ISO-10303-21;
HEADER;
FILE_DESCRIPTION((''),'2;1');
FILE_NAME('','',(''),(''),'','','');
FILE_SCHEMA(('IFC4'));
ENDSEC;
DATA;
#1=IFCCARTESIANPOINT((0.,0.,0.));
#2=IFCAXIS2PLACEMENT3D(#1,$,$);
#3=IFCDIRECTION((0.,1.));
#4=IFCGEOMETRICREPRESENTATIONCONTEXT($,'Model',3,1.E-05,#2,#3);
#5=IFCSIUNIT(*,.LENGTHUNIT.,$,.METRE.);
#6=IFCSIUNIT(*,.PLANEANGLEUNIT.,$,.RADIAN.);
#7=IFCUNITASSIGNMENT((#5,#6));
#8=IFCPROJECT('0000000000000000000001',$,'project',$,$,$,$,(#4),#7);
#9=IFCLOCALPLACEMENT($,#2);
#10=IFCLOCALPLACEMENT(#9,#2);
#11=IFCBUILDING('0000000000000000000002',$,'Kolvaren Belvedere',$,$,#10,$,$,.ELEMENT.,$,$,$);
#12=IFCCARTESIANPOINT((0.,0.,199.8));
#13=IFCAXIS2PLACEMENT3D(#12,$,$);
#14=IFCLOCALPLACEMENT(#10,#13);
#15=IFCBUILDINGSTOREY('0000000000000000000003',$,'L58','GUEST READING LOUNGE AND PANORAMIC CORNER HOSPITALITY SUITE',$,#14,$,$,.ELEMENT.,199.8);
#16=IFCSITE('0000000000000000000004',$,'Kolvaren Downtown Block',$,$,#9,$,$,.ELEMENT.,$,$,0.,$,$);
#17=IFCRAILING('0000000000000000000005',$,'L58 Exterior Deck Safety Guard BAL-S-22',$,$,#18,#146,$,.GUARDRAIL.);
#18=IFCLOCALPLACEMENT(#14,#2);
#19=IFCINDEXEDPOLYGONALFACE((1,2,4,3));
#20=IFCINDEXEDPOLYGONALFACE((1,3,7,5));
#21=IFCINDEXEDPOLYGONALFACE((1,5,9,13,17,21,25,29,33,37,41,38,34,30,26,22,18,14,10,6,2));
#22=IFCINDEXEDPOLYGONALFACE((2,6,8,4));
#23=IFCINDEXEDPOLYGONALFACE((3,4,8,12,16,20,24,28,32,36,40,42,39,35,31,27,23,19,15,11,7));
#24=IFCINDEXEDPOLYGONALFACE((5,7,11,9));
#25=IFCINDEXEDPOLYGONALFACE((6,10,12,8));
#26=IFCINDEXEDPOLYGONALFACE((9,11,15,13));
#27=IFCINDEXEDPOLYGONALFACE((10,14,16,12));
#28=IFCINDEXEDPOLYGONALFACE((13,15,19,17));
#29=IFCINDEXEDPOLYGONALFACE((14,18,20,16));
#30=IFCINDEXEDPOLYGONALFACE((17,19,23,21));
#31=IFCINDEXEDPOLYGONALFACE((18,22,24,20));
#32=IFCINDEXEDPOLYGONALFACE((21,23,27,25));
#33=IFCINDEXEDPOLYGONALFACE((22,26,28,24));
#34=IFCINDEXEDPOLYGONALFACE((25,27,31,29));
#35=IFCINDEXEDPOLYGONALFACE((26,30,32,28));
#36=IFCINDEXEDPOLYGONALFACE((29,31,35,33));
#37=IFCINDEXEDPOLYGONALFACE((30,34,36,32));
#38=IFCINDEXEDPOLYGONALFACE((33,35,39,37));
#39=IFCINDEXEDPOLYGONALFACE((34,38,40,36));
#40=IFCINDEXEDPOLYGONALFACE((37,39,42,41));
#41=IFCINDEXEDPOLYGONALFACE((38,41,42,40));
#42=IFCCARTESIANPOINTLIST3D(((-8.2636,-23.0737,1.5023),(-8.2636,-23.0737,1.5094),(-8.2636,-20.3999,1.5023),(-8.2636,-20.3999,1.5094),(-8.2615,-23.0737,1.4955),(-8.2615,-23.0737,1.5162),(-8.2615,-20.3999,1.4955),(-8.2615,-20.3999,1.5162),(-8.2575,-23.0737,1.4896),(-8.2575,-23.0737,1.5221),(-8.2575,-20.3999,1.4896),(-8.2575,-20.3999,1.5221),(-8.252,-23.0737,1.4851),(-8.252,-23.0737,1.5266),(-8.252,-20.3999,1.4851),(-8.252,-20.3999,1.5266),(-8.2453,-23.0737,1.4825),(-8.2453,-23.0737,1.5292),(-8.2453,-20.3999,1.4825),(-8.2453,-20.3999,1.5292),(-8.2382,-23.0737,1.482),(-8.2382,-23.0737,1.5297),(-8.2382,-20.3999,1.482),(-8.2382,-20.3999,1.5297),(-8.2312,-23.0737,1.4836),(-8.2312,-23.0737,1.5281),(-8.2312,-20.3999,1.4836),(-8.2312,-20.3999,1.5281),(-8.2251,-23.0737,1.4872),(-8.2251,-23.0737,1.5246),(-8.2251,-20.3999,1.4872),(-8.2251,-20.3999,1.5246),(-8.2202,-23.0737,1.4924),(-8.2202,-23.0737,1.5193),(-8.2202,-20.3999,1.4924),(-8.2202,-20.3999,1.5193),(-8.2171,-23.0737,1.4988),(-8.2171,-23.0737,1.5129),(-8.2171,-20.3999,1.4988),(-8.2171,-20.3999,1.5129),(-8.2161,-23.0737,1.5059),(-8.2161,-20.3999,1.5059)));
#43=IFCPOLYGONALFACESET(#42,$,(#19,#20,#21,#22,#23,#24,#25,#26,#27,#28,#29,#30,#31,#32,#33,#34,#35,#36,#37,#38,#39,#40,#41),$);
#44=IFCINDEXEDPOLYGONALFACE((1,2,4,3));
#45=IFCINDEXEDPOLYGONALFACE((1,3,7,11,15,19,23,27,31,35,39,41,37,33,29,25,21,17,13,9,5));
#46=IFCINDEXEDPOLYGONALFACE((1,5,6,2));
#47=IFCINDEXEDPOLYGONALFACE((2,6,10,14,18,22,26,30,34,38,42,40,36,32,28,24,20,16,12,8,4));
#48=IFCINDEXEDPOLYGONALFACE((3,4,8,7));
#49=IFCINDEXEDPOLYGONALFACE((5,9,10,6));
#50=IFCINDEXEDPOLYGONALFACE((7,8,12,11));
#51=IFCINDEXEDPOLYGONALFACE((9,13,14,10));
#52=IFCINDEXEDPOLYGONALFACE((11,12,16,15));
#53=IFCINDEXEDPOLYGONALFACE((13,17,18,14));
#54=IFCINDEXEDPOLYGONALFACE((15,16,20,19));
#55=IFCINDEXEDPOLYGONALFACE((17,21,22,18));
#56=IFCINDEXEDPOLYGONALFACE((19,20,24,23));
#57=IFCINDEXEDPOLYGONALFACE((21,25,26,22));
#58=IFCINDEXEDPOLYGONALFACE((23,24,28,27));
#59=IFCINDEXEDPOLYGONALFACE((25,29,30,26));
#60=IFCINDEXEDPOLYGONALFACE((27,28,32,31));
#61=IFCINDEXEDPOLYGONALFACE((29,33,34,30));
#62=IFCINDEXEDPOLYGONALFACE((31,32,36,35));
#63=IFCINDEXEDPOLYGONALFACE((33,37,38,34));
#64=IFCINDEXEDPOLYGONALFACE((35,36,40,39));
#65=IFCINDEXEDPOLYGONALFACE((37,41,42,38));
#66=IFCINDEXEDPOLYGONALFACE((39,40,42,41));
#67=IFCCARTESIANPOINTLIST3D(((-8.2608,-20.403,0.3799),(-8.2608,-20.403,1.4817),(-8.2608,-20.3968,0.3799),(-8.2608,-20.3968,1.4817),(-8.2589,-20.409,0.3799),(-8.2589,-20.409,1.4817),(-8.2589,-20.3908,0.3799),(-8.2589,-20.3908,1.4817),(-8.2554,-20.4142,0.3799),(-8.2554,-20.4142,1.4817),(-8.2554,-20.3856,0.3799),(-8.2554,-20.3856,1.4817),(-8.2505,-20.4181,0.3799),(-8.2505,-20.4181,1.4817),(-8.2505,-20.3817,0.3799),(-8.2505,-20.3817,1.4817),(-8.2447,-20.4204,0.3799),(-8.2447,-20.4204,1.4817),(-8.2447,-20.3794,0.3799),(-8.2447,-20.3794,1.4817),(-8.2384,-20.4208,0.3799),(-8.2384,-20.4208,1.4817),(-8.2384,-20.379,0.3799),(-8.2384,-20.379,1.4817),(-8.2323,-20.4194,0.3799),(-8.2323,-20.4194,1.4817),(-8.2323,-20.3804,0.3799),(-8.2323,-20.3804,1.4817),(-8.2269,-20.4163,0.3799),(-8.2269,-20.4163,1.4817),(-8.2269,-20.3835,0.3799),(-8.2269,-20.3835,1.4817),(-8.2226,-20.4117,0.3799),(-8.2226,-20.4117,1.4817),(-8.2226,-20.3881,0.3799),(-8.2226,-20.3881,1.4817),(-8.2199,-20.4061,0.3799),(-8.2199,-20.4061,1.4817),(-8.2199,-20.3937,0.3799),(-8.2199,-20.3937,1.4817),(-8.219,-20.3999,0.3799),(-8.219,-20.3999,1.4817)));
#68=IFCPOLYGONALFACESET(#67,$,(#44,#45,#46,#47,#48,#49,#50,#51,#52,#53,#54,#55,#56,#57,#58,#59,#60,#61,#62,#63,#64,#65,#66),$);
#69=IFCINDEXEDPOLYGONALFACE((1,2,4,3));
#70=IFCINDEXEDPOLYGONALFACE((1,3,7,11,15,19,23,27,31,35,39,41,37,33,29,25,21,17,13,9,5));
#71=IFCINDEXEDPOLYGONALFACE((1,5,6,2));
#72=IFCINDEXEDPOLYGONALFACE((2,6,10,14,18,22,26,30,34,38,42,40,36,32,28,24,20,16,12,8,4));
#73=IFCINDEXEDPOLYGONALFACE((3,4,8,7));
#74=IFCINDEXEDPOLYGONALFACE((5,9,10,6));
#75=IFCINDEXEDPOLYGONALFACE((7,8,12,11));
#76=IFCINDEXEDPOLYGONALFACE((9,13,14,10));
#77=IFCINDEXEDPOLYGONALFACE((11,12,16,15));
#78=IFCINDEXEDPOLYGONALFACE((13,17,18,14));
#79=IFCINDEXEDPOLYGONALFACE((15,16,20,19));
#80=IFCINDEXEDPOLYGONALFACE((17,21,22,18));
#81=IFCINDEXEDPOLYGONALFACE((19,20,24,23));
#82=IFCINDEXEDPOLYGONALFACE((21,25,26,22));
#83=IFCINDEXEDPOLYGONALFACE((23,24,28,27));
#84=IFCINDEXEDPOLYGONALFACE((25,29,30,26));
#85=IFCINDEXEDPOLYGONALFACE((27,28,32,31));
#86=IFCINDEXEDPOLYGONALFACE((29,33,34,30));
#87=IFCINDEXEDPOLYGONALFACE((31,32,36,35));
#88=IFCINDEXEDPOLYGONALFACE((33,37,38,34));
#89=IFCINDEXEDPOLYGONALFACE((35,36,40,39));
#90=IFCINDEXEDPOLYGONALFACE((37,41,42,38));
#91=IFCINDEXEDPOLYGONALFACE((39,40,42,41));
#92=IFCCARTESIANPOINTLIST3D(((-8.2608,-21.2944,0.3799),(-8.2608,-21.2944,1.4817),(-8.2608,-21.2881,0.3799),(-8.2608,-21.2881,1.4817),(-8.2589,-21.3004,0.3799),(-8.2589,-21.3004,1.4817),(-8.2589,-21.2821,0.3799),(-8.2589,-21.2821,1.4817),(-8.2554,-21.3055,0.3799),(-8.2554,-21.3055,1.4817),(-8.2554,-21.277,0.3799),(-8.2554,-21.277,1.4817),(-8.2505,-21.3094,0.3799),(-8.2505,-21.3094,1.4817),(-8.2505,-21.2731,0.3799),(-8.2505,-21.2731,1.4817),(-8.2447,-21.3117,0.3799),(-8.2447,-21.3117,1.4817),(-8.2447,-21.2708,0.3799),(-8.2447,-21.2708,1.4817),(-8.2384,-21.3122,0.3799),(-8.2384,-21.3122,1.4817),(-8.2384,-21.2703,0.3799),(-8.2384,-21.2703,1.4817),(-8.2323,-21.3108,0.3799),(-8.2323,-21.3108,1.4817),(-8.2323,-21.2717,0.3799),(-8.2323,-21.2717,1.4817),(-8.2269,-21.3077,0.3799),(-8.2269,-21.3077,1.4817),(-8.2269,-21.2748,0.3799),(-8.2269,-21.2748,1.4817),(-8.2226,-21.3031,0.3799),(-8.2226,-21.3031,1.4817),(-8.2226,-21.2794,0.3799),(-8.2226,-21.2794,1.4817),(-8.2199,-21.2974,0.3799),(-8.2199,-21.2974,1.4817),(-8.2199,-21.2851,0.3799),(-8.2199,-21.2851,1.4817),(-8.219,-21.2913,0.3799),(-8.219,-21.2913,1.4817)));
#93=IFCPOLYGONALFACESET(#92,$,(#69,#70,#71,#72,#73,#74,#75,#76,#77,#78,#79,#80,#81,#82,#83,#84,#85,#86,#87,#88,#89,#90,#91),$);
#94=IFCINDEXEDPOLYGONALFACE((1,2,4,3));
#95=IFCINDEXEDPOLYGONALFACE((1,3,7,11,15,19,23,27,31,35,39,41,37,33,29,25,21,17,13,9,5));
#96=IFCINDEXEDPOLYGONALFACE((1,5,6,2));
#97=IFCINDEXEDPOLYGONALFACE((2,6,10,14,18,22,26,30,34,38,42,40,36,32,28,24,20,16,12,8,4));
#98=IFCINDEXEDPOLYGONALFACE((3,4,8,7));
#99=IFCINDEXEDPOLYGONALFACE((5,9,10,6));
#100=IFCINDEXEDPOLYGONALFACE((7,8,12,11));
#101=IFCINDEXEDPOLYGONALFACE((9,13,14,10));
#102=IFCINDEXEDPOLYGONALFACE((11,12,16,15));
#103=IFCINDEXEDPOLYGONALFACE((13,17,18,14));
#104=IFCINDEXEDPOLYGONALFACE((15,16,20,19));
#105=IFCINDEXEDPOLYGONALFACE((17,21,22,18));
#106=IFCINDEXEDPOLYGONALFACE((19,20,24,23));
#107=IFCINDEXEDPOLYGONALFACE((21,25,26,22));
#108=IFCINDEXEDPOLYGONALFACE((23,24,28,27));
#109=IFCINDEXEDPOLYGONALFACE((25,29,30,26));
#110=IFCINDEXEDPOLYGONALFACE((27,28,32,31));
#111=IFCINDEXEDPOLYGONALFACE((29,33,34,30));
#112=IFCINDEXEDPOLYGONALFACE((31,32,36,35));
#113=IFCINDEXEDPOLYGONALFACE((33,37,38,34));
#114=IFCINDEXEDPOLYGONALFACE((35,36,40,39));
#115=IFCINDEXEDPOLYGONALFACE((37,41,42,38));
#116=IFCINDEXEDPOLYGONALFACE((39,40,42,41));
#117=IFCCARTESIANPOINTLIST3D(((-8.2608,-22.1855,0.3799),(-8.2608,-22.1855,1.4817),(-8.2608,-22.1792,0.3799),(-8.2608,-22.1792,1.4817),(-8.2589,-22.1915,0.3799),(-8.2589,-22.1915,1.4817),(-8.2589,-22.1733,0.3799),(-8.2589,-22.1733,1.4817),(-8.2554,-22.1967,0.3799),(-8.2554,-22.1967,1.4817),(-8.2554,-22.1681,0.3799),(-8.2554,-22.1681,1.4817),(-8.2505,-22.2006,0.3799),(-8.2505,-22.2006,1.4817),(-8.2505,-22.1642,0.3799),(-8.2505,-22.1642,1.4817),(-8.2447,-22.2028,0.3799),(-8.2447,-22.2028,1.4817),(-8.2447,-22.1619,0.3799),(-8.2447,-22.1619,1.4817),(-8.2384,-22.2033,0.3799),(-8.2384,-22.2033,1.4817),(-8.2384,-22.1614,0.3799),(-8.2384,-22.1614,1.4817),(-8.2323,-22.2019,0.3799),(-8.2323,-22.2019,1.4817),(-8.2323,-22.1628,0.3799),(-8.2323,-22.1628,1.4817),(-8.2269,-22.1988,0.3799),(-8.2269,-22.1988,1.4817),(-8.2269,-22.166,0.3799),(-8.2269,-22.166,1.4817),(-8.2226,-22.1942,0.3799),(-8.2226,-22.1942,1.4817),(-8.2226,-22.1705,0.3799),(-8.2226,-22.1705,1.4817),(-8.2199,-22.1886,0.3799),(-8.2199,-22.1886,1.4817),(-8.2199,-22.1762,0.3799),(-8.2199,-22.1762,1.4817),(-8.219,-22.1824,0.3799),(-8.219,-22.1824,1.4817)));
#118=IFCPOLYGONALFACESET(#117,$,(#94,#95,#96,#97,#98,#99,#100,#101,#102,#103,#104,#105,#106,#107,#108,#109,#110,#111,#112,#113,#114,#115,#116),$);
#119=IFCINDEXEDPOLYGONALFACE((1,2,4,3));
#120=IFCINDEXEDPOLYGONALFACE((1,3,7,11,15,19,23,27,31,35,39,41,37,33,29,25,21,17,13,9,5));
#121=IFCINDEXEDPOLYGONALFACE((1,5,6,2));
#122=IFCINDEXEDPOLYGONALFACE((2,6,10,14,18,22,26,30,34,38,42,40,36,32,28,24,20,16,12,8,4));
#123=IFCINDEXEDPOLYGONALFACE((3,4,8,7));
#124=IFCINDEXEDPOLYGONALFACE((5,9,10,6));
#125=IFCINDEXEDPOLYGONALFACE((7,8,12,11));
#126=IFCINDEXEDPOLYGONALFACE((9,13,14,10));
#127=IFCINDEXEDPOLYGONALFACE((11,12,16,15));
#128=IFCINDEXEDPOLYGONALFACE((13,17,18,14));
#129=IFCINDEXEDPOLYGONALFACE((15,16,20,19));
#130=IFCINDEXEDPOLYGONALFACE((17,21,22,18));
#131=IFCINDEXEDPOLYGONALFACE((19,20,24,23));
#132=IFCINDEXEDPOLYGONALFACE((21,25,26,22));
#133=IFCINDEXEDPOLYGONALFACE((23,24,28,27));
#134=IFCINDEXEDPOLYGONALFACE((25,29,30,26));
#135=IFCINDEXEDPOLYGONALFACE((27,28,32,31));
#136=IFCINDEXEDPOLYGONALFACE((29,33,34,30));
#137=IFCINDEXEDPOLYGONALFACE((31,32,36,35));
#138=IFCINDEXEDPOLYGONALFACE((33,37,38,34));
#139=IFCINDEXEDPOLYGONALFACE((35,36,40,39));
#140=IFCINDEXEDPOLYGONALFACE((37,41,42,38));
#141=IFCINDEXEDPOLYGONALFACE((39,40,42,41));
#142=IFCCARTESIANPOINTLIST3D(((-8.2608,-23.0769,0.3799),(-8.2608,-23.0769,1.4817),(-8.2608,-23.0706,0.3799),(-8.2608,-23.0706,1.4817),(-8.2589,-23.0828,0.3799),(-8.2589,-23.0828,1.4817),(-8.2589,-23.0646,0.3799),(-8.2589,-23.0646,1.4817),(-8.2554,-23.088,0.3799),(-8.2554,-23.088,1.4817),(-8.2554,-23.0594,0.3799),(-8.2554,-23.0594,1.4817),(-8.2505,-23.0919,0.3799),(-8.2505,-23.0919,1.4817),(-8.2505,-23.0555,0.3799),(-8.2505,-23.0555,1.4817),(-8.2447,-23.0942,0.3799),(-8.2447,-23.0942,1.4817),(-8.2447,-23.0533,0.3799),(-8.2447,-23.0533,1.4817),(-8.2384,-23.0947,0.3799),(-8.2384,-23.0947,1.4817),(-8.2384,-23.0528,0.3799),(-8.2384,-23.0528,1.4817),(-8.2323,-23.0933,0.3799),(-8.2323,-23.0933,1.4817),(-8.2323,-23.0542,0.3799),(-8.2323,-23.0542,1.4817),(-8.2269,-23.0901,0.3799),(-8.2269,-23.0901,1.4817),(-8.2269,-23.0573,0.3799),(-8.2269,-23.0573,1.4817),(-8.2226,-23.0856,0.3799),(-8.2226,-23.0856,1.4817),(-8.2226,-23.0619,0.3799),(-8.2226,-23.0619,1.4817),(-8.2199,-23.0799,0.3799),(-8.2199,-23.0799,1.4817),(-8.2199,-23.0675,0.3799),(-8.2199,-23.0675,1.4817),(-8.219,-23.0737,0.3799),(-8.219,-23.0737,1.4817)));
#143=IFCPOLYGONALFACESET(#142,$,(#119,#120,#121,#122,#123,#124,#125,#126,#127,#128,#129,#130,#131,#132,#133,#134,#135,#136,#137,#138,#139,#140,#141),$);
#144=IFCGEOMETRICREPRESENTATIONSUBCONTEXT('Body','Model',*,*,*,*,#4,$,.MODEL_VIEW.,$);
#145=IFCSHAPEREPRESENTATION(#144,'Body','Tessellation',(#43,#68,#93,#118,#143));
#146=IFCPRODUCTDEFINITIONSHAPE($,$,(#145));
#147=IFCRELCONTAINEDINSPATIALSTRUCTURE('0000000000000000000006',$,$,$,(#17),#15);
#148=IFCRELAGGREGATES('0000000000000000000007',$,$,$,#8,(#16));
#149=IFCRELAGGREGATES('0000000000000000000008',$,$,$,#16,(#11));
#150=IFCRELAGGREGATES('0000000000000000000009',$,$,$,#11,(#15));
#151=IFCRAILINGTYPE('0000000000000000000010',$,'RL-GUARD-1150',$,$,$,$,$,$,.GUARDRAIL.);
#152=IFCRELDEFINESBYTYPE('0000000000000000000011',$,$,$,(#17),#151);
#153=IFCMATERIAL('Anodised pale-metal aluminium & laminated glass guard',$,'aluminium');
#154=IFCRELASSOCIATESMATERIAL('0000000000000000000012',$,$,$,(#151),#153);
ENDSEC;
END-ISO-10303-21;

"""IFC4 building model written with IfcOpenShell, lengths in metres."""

from ifc_helpers import new_model, si_unit, direction, frame, origin, origin_2d, place, context, subcontext, project, spatial, circle, extrude, material, type_object, element, save


model = new_model("IFC4")

# Units and contexts
model_context = context("Model", 3, precision=1e-05, world=origin(), true_north=direction((0.0, 1.0)))
body_context = subcontext(model_context, "Body", "Model", "MODEL_VIEW")
ifc_project = project(units=[si_unit("LENGTHUNIT", "METRE"), si_unit("PLANEANGLEUNIT", "RADIAN")], contexts=[model_context])

# Site, building, storey
site_placement = place(None, origin())
site = spatial("IfcSite", under=ifc_project, at=site_placement, Name="Kolvaren Downtown Block", CompositionType="ELEMENT", RefElevation=0.0)
building_placement = place(site_placement, origin())
building = spatial("IfcBuilding", under=site, at=building_placement, Name="Kolvaren Belvedere", CompositionType="ELEMENT")
storey_placement = place(building_placement, frame((0.0, 0.0, 199.8)))
storey = spatial("IfcBuildingStorey", under=building, at=storey_placement, Name="L58", Description="GUEST READING LOUNGE AND PANORAMIC CORNER HOSPITALITY SUITE", CompositionType="ELEMENT", Elevation=199.8)

# Railing
ifc_material_1 = material(Name="Anodised pale-metal aluminium & laminated glass guard", Category="aluminium")
railing_type = type_object("IfcRailingType", Name="RL-GUARD-1150", PredefinedType="GUARDRAIL", material=ifc_material_1)
railing_1_placement = place(storey_placement, frame((-8.24, -20.3999, 0.3799)))
element("IfcRailing", 1, at=railing_1_placement, inside=storey, type_object=railing_type, Name="L58 Exterior Deck Safety Guard BAL-S-22", PredefinedType="GUARDRAIL", context=body_context, shape_type="SweptSolid", body=[
    extrude(circle(Radius=0.0239, at=origin_2d()), frame((0.0, 0.0, 1.126), z_axis=(0.0, -1.0, 0.0), x_axis=(1.0, 0.0, 0.0)), (0.0, 0.0, 1.0), 2.6738),
    extrude(circle(Radius=0.021, at=origin_2d()), origin(), (0.0, 0.0, 1.0), 1.1018),
    extrude(circle(Radius=0.021, at=origin_2d()), frame((0.0, -0.8914, 0.0)), (0.0, 0.0, 1.0), 1.1018),
    extrude(circle(Radius=0.021, at=origin_2d()), frame((0.0, -1.7825, 0.0)), (0.0, 0.0, 1.0), 1.1018),
    extrude(circle(Radius=0.021, at=origin_2d()), frame((0.0, -2.6738, 0.0)), (0.0, 0.0, 1.0), 1.1018),
])

save(model, "model.ifc")
